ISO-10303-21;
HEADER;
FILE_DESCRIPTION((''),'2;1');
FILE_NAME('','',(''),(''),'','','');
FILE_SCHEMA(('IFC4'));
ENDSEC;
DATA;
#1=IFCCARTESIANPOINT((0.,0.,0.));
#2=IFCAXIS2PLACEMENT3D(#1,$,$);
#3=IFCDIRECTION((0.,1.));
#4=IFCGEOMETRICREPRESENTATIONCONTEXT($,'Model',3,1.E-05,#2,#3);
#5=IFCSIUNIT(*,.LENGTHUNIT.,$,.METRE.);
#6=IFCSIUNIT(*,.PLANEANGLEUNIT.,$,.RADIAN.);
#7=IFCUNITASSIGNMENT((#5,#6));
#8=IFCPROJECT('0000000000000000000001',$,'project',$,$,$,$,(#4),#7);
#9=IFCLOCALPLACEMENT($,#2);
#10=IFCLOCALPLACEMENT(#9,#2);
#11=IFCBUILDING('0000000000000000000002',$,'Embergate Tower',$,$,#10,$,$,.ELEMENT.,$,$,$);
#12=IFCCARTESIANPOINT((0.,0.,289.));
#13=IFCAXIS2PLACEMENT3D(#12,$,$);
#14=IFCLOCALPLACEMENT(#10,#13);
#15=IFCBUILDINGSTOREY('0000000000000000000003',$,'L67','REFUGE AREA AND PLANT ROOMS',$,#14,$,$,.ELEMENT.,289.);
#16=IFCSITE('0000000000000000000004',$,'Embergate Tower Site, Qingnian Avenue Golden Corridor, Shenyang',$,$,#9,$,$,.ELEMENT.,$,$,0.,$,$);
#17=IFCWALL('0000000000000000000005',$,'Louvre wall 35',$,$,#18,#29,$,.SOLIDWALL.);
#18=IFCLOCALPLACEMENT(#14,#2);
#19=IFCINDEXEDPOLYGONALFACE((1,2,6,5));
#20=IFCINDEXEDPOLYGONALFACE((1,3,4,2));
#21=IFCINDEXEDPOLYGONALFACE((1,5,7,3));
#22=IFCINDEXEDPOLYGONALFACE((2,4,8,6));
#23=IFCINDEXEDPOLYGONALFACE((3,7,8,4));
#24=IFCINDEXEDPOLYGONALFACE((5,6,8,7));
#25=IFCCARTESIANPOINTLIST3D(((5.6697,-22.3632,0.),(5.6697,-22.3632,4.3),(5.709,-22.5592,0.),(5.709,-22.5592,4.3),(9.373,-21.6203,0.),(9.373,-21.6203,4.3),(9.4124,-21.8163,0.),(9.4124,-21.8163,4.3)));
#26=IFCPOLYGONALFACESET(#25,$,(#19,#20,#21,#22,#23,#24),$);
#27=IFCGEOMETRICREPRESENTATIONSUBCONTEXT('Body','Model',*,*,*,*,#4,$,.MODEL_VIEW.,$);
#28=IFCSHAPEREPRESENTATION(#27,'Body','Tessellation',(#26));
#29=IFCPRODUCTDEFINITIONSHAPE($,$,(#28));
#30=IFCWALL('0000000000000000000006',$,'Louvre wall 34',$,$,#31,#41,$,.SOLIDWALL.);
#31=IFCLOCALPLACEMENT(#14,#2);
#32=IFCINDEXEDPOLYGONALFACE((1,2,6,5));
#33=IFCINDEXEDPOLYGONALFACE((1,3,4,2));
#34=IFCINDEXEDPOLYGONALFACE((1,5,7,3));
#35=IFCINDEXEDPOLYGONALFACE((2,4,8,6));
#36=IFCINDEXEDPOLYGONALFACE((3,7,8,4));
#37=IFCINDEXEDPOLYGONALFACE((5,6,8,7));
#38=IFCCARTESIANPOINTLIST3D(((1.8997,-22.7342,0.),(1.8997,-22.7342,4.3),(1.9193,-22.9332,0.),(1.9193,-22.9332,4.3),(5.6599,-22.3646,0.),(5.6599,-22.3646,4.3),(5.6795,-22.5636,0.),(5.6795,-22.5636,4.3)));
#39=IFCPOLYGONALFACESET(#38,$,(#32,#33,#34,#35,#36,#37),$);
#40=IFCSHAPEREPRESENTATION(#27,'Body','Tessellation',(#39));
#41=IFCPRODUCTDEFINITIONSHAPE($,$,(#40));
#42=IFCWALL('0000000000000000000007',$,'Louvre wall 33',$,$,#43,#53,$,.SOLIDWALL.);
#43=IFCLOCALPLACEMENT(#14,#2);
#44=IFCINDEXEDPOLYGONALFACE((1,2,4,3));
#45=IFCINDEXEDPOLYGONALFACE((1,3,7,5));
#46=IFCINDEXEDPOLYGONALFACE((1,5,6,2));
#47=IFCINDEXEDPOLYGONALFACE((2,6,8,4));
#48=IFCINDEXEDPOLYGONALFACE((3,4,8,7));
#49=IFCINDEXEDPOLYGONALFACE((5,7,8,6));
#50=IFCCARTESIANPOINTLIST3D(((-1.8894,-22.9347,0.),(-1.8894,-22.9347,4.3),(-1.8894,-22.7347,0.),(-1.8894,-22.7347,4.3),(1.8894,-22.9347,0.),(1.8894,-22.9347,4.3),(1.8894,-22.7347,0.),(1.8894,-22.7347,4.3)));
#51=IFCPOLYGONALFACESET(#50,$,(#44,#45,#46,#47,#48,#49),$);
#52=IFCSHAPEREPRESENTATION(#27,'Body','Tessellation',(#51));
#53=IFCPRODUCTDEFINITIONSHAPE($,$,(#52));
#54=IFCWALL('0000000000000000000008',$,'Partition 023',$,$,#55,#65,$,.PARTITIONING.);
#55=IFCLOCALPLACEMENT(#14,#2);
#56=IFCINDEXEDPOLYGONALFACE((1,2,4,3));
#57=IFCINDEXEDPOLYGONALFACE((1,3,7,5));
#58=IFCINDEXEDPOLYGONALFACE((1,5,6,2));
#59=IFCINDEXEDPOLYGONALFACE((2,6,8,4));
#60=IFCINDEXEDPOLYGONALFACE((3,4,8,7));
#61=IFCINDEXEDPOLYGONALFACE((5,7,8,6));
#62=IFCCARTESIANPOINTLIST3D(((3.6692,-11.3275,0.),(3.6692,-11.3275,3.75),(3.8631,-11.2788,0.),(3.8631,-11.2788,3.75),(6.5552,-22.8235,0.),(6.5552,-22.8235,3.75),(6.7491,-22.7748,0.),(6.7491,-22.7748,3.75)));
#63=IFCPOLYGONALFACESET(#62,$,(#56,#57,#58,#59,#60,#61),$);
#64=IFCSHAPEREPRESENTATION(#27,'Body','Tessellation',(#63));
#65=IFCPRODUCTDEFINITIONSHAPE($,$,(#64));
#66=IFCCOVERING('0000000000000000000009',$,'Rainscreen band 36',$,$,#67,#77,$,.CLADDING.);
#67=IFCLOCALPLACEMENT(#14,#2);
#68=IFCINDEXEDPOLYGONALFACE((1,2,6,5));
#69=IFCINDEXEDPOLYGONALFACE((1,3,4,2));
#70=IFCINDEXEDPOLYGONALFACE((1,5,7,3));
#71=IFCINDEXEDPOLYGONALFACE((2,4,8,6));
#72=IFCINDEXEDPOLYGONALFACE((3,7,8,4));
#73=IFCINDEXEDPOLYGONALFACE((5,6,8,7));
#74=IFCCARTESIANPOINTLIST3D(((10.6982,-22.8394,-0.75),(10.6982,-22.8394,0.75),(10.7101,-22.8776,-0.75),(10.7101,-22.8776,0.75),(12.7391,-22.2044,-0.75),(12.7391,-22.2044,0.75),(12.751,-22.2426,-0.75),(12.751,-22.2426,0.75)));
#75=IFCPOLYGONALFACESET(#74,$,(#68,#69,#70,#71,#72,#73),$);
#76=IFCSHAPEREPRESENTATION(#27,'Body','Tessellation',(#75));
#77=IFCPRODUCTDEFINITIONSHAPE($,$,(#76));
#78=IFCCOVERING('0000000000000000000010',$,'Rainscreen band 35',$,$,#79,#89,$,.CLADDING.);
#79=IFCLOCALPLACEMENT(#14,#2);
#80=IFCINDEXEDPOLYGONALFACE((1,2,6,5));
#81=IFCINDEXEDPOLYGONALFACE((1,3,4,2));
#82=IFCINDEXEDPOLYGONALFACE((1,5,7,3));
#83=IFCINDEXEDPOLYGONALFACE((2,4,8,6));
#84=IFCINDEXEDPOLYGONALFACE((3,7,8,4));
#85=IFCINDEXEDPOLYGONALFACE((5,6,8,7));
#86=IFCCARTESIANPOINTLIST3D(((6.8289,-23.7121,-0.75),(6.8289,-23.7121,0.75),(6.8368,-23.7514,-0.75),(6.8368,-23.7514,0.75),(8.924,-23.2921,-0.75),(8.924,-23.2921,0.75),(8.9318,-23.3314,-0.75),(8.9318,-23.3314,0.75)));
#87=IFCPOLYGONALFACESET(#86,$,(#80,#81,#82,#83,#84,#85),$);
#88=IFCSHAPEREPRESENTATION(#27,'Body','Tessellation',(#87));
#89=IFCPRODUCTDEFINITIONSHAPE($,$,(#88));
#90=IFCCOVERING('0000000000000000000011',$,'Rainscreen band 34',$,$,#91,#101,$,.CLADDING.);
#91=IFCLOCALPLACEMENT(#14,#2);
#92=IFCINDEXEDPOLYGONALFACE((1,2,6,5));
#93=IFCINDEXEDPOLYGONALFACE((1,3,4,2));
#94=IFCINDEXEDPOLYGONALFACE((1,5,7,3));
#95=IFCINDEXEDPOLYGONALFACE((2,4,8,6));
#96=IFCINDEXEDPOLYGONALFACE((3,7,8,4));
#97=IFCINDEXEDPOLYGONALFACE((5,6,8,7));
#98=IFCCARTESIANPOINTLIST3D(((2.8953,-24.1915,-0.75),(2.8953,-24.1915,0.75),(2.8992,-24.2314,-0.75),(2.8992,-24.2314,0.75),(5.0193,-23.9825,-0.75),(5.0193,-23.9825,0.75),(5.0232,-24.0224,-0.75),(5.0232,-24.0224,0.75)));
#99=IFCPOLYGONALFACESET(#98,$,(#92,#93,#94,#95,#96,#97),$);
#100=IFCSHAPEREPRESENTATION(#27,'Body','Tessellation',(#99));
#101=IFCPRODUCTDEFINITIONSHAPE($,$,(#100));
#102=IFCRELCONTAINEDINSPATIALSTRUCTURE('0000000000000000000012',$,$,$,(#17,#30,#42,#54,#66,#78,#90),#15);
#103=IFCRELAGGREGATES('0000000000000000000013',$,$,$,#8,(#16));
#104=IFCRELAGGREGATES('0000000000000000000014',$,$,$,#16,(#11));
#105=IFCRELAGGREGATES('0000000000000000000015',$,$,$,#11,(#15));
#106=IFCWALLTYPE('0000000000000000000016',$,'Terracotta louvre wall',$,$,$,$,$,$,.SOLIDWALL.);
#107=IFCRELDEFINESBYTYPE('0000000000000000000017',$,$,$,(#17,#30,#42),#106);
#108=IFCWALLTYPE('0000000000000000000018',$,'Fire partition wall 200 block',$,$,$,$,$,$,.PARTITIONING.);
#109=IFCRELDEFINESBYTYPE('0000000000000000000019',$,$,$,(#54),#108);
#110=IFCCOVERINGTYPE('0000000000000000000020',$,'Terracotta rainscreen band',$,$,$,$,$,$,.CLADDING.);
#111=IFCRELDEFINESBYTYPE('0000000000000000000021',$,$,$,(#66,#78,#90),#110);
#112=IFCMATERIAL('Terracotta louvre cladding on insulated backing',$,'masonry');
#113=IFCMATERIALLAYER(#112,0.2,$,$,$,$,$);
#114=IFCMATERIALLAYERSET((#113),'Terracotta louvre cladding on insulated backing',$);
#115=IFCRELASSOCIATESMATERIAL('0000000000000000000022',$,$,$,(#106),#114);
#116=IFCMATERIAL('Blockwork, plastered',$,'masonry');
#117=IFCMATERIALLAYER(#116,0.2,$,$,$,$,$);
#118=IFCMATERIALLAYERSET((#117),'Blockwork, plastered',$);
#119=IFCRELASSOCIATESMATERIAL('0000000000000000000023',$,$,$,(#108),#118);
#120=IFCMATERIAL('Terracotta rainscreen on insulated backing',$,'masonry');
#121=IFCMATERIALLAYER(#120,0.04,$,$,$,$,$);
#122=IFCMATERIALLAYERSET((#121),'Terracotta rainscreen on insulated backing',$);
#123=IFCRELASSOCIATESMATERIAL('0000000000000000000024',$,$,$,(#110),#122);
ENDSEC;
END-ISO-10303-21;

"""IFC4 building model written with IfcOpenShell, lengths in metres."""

from ifc_helpers import new_model, si_unit, direction, frame, frame_2d, origin, origin_2d, place, context, subcontext, project, spatial, rectangle, extrude, source, transform, mapped, material, layer, layer_set, type_object, element, save


model = new_model("IFC4")

# Units and contexts
model_context = context("Model", 3, precision=1e-05, world=origin(), true_north=direction((0.0, 1.0)))
body_context = subcontext(model_context, "Body", "Model", "MODEL_VIEW")
ifc_project = project(units=[si_unit("LENGTHUNIT", "METRE"), si_unit("PLANEANGLEUNIT", "RADIAN")], contexts=[model_context])

# Site, building, storey
site_placement = place(None, origin())
site = spatial("IfcSite", under=ifc_project, at=site_placement, Name="Embergate Tower Site, Qingnian Avenue Golden Corridor, Shenyang", CompositionType="ELEMENT", RefElevation=0.0)
building_placement = place(site_placement, origin())
building = spatial("IfcBuilding", under=site, at=building_placement, Name="Embergate Tower", CompositionType="ELEMENT")
storey_placement = place(building_placement, frame((0.0, 0.0, 289.0)))
storey = spatial("IfcBuildingStorey", under=building, at=storey_placement, Name="L67", Description="REFUGE AREA AND PLANT ROOMS", CompositionType="ELEMENT", Elevation=289.0)

# Walls
ifc_material_1 = material(Name="Terracotta louvre cladding on insulated backing", Category="masonry")
ifc_layer_1 = layer(ifc_material_1, 0.2)
ifc_layer_set_1 = layer_set([ifc_layer_1], Name="Terracotta louvre cladding on insulated backing")
wall_type_1 = type_object("IfcWallType", Name="Terracotta louvre wall", PredefinedType="SOLIDWALL", material=ifc_layer_set_1)
shared_shape_1 = source(origin(), body_context, "Body", "SweptSolid", [
    extrude(rectangle(XDim=3.7771, YDim=0.2, at=frame_2d((1.8887, 0.0))), origin(), (0.0, 0.0, 1.0), 4.3),
])
wall_1_placement = place(storey_placement, frame((9.3928, -21.7183, 0.0), z_axis=(0.0, 0.0, 1.0), x_axis=(-0.980466, -0.196688, 0.0)))
element("IfcWall", 1, at=wall_1_placement, inside=storey, type_object=wall_type_1, Name="Louvre wall 35", PredefinedType="SOLIDWALL", context=body_context, shape_type="MappedRepresentation", body=[
    mapped(shared_shape_1, transform((0.0, 0.0, 0.0))),
])
shared_shape_2 = source(origin(), body_context, "Body", "SweptSolid", [
    extrude(rectangle(XDim=3.7783, YDim=0.2, at=frame_2d((1.8892, 0.0))), origin(), (0.0, 0.0, 1.0), 4.3),
])
wall_2_placement = place(storey_placement, frame((5.6697, -22.4641, 0.0), z_axis=(0.0, 0.0, 1.0), x_axis=(-0.995203, -0.097827, 0.0)))
element("IfcWall", 2, at=wall_2_placement, inside=storey, type_object=wall_type_1, Name="Louvre wall 34", PredefinedType="SOLIDWALL", context=body_context, shape_type="MappedRepresentation", body=[
    mapped(shared_shape_2, transform((0.0, 0.0, 0.0))),
])
shared_shape_3 = source(origin(), body_context, "Body", "SweptSolid", [
    extrude(rectangle(XDim=3.7788, YDim=0.2, at=frame_2d((1.8894, 0.0))), origin(), (0.0, 0.0, 1.0), 4.3),
])
wall_3_placement = place(storey_placement, frame((1.8894, -22.8347, 0.0), z_axis=(0.0, 0.0, 1.0), x_axis=(-1.0, 0.0, 0.0)))
element("IfcWall", 3, at=wall_3_placement, inside=storey, type_object=wall_type_1, Name="Louvre wall 33", PredefinedType="SOLIDWALL", context=body_context, shape_type="MappedRepresentation", body=[
    mapped(shared_shape_3, transform((0.0, 0.0, 0.0))),
])
ifc_material_2 = material(Name="Blockwork, plastered", Category="masonry")
ifc_layer_2 = layer(ifc_material_2, 0.2)
ifc_layer_set_2 = layer_set([ifc_layer_2], Name="Blockwork, plastered")
wall_type_2 = type_object("IfcWallType", Name="Fire partition wall 200 block", PredefinedType="PARTITIONING", material=ifc_layer_set_2)
shared_shape_4 = source(origin(), body_context, "Body", "SweptSolid", [
    extrude(rectangle(XDim=11.8528, YDim=0.2, at=frame_2d((5.9263, 0.0))), origin(), (0.0, 0.0, 1.0), 3.75),
])
wall_4_placement = place(storey_placement, frame((6.6521, -22.7991, 0.0), z_axis=(0.0, 0.0, 1.0), x_axis=(-0.243485, 0.969905, 0.0)))
element("IfcWall", 4, at=wall_4_placement, inside=storey, type_object=wall_type_2, Name="Partition 023", PredefinedType="PARTITIONING", context=body_context, shape_type="MappedRepresentation", body=[
    mapped(shared_shape_4, transform((0.0, 0.0, 0.0))),
])

# Coverings
ifc_material_3 = material(Name="Terracotta rainscreen on insulated backing", Category="masonry")
ifc_layer_3 = layer(ifc_material_3, 0.04)
ifc_layer_set_3 = layer_set([ifc_layer_3], Name="Terracotta rainscreen on insulated backing")
covering_type = type_object("IfcCoveringType", Name="Terracotta rainscreen band", PredefinedType="CLADDING", material=ifc_layer_set_3)
shared_shape_5 = source(origin(), body_context, "Body", "SweptSolid", [
    extrude(rectangle(XDim=2.1375, YDim=0.04, at=origin_2d()), origin(), (0.0, 0.0, 1.0), 1.5),
])
covering_1_placement = place(storey_placement, frame((11.7246, -22.541, -0.75), z_axis=(0.0, 0.0, 1.0), x_axis=(0.954854, 0.297077, 0.0)))
element("IfcCovering", 5, at=covering_1_placement, inside=storey, type_object=covering_type, Name="Rainscreen band 36", PredefinedType="CLADDING", context=body_context, shape_type="MappedRepresentation", body=[
    mapped(shared_shape_5, transform((0.0, 0.0, 0.0))),
])
shared_shape_6 = source(origin(), body_context, "Body", "SweptSolid", [
    extrude(rectangle(XDim=2.1367, YDim=0.04, at=origin_2d()), origin(), (0.0, 0.0, 1.0), 1.5),
])
covering_2_placement = place(storey_placement, frame((7.8804, -23.5217, -0.75), z_axis=(0.0, 0.0, 1.0), x_axis=(0.980491, 0.196566, 0.0)))
element("IfcCovering", 6, at=covering_2_placement, inside=storey, type_object=covering_type, Name="Rainscreen band 35", PredefinedType="CLADDING", context=body_context, shape_type="MappedRepresentation", body=[
    mapped(shared_shape_6, transform((0.0, 0.0, 0.0))),
])
shared_shape_7 = source(origin(), body_context, "Body", "SweptSolid", [
    extrude(rectangle(XDim=2.1343, YDim=0.04, at=origin_2d()), origin(), (0.0, 0.0, 1.0), 1.5),
])
covering_3_placement = place(storey_placement, frame((3.9592, -24.1069, -0.75), z_axis=(0.0, 0.0, 1.0), x_axis=(0.995194, 0.097927, 0.0)))
element("IfcCovering", 7, at=covering_3_placement, inside=storey, type_object=covering_type, Name="Rainscreen band 34", PredefinedType="CLADDING", context=body_context, shape_type="MappedRepresentation", body=[
    mapped(shared_shape_7, transform((0.0, 0.0, 0.0))),
])

save(model, "model.ifc")
